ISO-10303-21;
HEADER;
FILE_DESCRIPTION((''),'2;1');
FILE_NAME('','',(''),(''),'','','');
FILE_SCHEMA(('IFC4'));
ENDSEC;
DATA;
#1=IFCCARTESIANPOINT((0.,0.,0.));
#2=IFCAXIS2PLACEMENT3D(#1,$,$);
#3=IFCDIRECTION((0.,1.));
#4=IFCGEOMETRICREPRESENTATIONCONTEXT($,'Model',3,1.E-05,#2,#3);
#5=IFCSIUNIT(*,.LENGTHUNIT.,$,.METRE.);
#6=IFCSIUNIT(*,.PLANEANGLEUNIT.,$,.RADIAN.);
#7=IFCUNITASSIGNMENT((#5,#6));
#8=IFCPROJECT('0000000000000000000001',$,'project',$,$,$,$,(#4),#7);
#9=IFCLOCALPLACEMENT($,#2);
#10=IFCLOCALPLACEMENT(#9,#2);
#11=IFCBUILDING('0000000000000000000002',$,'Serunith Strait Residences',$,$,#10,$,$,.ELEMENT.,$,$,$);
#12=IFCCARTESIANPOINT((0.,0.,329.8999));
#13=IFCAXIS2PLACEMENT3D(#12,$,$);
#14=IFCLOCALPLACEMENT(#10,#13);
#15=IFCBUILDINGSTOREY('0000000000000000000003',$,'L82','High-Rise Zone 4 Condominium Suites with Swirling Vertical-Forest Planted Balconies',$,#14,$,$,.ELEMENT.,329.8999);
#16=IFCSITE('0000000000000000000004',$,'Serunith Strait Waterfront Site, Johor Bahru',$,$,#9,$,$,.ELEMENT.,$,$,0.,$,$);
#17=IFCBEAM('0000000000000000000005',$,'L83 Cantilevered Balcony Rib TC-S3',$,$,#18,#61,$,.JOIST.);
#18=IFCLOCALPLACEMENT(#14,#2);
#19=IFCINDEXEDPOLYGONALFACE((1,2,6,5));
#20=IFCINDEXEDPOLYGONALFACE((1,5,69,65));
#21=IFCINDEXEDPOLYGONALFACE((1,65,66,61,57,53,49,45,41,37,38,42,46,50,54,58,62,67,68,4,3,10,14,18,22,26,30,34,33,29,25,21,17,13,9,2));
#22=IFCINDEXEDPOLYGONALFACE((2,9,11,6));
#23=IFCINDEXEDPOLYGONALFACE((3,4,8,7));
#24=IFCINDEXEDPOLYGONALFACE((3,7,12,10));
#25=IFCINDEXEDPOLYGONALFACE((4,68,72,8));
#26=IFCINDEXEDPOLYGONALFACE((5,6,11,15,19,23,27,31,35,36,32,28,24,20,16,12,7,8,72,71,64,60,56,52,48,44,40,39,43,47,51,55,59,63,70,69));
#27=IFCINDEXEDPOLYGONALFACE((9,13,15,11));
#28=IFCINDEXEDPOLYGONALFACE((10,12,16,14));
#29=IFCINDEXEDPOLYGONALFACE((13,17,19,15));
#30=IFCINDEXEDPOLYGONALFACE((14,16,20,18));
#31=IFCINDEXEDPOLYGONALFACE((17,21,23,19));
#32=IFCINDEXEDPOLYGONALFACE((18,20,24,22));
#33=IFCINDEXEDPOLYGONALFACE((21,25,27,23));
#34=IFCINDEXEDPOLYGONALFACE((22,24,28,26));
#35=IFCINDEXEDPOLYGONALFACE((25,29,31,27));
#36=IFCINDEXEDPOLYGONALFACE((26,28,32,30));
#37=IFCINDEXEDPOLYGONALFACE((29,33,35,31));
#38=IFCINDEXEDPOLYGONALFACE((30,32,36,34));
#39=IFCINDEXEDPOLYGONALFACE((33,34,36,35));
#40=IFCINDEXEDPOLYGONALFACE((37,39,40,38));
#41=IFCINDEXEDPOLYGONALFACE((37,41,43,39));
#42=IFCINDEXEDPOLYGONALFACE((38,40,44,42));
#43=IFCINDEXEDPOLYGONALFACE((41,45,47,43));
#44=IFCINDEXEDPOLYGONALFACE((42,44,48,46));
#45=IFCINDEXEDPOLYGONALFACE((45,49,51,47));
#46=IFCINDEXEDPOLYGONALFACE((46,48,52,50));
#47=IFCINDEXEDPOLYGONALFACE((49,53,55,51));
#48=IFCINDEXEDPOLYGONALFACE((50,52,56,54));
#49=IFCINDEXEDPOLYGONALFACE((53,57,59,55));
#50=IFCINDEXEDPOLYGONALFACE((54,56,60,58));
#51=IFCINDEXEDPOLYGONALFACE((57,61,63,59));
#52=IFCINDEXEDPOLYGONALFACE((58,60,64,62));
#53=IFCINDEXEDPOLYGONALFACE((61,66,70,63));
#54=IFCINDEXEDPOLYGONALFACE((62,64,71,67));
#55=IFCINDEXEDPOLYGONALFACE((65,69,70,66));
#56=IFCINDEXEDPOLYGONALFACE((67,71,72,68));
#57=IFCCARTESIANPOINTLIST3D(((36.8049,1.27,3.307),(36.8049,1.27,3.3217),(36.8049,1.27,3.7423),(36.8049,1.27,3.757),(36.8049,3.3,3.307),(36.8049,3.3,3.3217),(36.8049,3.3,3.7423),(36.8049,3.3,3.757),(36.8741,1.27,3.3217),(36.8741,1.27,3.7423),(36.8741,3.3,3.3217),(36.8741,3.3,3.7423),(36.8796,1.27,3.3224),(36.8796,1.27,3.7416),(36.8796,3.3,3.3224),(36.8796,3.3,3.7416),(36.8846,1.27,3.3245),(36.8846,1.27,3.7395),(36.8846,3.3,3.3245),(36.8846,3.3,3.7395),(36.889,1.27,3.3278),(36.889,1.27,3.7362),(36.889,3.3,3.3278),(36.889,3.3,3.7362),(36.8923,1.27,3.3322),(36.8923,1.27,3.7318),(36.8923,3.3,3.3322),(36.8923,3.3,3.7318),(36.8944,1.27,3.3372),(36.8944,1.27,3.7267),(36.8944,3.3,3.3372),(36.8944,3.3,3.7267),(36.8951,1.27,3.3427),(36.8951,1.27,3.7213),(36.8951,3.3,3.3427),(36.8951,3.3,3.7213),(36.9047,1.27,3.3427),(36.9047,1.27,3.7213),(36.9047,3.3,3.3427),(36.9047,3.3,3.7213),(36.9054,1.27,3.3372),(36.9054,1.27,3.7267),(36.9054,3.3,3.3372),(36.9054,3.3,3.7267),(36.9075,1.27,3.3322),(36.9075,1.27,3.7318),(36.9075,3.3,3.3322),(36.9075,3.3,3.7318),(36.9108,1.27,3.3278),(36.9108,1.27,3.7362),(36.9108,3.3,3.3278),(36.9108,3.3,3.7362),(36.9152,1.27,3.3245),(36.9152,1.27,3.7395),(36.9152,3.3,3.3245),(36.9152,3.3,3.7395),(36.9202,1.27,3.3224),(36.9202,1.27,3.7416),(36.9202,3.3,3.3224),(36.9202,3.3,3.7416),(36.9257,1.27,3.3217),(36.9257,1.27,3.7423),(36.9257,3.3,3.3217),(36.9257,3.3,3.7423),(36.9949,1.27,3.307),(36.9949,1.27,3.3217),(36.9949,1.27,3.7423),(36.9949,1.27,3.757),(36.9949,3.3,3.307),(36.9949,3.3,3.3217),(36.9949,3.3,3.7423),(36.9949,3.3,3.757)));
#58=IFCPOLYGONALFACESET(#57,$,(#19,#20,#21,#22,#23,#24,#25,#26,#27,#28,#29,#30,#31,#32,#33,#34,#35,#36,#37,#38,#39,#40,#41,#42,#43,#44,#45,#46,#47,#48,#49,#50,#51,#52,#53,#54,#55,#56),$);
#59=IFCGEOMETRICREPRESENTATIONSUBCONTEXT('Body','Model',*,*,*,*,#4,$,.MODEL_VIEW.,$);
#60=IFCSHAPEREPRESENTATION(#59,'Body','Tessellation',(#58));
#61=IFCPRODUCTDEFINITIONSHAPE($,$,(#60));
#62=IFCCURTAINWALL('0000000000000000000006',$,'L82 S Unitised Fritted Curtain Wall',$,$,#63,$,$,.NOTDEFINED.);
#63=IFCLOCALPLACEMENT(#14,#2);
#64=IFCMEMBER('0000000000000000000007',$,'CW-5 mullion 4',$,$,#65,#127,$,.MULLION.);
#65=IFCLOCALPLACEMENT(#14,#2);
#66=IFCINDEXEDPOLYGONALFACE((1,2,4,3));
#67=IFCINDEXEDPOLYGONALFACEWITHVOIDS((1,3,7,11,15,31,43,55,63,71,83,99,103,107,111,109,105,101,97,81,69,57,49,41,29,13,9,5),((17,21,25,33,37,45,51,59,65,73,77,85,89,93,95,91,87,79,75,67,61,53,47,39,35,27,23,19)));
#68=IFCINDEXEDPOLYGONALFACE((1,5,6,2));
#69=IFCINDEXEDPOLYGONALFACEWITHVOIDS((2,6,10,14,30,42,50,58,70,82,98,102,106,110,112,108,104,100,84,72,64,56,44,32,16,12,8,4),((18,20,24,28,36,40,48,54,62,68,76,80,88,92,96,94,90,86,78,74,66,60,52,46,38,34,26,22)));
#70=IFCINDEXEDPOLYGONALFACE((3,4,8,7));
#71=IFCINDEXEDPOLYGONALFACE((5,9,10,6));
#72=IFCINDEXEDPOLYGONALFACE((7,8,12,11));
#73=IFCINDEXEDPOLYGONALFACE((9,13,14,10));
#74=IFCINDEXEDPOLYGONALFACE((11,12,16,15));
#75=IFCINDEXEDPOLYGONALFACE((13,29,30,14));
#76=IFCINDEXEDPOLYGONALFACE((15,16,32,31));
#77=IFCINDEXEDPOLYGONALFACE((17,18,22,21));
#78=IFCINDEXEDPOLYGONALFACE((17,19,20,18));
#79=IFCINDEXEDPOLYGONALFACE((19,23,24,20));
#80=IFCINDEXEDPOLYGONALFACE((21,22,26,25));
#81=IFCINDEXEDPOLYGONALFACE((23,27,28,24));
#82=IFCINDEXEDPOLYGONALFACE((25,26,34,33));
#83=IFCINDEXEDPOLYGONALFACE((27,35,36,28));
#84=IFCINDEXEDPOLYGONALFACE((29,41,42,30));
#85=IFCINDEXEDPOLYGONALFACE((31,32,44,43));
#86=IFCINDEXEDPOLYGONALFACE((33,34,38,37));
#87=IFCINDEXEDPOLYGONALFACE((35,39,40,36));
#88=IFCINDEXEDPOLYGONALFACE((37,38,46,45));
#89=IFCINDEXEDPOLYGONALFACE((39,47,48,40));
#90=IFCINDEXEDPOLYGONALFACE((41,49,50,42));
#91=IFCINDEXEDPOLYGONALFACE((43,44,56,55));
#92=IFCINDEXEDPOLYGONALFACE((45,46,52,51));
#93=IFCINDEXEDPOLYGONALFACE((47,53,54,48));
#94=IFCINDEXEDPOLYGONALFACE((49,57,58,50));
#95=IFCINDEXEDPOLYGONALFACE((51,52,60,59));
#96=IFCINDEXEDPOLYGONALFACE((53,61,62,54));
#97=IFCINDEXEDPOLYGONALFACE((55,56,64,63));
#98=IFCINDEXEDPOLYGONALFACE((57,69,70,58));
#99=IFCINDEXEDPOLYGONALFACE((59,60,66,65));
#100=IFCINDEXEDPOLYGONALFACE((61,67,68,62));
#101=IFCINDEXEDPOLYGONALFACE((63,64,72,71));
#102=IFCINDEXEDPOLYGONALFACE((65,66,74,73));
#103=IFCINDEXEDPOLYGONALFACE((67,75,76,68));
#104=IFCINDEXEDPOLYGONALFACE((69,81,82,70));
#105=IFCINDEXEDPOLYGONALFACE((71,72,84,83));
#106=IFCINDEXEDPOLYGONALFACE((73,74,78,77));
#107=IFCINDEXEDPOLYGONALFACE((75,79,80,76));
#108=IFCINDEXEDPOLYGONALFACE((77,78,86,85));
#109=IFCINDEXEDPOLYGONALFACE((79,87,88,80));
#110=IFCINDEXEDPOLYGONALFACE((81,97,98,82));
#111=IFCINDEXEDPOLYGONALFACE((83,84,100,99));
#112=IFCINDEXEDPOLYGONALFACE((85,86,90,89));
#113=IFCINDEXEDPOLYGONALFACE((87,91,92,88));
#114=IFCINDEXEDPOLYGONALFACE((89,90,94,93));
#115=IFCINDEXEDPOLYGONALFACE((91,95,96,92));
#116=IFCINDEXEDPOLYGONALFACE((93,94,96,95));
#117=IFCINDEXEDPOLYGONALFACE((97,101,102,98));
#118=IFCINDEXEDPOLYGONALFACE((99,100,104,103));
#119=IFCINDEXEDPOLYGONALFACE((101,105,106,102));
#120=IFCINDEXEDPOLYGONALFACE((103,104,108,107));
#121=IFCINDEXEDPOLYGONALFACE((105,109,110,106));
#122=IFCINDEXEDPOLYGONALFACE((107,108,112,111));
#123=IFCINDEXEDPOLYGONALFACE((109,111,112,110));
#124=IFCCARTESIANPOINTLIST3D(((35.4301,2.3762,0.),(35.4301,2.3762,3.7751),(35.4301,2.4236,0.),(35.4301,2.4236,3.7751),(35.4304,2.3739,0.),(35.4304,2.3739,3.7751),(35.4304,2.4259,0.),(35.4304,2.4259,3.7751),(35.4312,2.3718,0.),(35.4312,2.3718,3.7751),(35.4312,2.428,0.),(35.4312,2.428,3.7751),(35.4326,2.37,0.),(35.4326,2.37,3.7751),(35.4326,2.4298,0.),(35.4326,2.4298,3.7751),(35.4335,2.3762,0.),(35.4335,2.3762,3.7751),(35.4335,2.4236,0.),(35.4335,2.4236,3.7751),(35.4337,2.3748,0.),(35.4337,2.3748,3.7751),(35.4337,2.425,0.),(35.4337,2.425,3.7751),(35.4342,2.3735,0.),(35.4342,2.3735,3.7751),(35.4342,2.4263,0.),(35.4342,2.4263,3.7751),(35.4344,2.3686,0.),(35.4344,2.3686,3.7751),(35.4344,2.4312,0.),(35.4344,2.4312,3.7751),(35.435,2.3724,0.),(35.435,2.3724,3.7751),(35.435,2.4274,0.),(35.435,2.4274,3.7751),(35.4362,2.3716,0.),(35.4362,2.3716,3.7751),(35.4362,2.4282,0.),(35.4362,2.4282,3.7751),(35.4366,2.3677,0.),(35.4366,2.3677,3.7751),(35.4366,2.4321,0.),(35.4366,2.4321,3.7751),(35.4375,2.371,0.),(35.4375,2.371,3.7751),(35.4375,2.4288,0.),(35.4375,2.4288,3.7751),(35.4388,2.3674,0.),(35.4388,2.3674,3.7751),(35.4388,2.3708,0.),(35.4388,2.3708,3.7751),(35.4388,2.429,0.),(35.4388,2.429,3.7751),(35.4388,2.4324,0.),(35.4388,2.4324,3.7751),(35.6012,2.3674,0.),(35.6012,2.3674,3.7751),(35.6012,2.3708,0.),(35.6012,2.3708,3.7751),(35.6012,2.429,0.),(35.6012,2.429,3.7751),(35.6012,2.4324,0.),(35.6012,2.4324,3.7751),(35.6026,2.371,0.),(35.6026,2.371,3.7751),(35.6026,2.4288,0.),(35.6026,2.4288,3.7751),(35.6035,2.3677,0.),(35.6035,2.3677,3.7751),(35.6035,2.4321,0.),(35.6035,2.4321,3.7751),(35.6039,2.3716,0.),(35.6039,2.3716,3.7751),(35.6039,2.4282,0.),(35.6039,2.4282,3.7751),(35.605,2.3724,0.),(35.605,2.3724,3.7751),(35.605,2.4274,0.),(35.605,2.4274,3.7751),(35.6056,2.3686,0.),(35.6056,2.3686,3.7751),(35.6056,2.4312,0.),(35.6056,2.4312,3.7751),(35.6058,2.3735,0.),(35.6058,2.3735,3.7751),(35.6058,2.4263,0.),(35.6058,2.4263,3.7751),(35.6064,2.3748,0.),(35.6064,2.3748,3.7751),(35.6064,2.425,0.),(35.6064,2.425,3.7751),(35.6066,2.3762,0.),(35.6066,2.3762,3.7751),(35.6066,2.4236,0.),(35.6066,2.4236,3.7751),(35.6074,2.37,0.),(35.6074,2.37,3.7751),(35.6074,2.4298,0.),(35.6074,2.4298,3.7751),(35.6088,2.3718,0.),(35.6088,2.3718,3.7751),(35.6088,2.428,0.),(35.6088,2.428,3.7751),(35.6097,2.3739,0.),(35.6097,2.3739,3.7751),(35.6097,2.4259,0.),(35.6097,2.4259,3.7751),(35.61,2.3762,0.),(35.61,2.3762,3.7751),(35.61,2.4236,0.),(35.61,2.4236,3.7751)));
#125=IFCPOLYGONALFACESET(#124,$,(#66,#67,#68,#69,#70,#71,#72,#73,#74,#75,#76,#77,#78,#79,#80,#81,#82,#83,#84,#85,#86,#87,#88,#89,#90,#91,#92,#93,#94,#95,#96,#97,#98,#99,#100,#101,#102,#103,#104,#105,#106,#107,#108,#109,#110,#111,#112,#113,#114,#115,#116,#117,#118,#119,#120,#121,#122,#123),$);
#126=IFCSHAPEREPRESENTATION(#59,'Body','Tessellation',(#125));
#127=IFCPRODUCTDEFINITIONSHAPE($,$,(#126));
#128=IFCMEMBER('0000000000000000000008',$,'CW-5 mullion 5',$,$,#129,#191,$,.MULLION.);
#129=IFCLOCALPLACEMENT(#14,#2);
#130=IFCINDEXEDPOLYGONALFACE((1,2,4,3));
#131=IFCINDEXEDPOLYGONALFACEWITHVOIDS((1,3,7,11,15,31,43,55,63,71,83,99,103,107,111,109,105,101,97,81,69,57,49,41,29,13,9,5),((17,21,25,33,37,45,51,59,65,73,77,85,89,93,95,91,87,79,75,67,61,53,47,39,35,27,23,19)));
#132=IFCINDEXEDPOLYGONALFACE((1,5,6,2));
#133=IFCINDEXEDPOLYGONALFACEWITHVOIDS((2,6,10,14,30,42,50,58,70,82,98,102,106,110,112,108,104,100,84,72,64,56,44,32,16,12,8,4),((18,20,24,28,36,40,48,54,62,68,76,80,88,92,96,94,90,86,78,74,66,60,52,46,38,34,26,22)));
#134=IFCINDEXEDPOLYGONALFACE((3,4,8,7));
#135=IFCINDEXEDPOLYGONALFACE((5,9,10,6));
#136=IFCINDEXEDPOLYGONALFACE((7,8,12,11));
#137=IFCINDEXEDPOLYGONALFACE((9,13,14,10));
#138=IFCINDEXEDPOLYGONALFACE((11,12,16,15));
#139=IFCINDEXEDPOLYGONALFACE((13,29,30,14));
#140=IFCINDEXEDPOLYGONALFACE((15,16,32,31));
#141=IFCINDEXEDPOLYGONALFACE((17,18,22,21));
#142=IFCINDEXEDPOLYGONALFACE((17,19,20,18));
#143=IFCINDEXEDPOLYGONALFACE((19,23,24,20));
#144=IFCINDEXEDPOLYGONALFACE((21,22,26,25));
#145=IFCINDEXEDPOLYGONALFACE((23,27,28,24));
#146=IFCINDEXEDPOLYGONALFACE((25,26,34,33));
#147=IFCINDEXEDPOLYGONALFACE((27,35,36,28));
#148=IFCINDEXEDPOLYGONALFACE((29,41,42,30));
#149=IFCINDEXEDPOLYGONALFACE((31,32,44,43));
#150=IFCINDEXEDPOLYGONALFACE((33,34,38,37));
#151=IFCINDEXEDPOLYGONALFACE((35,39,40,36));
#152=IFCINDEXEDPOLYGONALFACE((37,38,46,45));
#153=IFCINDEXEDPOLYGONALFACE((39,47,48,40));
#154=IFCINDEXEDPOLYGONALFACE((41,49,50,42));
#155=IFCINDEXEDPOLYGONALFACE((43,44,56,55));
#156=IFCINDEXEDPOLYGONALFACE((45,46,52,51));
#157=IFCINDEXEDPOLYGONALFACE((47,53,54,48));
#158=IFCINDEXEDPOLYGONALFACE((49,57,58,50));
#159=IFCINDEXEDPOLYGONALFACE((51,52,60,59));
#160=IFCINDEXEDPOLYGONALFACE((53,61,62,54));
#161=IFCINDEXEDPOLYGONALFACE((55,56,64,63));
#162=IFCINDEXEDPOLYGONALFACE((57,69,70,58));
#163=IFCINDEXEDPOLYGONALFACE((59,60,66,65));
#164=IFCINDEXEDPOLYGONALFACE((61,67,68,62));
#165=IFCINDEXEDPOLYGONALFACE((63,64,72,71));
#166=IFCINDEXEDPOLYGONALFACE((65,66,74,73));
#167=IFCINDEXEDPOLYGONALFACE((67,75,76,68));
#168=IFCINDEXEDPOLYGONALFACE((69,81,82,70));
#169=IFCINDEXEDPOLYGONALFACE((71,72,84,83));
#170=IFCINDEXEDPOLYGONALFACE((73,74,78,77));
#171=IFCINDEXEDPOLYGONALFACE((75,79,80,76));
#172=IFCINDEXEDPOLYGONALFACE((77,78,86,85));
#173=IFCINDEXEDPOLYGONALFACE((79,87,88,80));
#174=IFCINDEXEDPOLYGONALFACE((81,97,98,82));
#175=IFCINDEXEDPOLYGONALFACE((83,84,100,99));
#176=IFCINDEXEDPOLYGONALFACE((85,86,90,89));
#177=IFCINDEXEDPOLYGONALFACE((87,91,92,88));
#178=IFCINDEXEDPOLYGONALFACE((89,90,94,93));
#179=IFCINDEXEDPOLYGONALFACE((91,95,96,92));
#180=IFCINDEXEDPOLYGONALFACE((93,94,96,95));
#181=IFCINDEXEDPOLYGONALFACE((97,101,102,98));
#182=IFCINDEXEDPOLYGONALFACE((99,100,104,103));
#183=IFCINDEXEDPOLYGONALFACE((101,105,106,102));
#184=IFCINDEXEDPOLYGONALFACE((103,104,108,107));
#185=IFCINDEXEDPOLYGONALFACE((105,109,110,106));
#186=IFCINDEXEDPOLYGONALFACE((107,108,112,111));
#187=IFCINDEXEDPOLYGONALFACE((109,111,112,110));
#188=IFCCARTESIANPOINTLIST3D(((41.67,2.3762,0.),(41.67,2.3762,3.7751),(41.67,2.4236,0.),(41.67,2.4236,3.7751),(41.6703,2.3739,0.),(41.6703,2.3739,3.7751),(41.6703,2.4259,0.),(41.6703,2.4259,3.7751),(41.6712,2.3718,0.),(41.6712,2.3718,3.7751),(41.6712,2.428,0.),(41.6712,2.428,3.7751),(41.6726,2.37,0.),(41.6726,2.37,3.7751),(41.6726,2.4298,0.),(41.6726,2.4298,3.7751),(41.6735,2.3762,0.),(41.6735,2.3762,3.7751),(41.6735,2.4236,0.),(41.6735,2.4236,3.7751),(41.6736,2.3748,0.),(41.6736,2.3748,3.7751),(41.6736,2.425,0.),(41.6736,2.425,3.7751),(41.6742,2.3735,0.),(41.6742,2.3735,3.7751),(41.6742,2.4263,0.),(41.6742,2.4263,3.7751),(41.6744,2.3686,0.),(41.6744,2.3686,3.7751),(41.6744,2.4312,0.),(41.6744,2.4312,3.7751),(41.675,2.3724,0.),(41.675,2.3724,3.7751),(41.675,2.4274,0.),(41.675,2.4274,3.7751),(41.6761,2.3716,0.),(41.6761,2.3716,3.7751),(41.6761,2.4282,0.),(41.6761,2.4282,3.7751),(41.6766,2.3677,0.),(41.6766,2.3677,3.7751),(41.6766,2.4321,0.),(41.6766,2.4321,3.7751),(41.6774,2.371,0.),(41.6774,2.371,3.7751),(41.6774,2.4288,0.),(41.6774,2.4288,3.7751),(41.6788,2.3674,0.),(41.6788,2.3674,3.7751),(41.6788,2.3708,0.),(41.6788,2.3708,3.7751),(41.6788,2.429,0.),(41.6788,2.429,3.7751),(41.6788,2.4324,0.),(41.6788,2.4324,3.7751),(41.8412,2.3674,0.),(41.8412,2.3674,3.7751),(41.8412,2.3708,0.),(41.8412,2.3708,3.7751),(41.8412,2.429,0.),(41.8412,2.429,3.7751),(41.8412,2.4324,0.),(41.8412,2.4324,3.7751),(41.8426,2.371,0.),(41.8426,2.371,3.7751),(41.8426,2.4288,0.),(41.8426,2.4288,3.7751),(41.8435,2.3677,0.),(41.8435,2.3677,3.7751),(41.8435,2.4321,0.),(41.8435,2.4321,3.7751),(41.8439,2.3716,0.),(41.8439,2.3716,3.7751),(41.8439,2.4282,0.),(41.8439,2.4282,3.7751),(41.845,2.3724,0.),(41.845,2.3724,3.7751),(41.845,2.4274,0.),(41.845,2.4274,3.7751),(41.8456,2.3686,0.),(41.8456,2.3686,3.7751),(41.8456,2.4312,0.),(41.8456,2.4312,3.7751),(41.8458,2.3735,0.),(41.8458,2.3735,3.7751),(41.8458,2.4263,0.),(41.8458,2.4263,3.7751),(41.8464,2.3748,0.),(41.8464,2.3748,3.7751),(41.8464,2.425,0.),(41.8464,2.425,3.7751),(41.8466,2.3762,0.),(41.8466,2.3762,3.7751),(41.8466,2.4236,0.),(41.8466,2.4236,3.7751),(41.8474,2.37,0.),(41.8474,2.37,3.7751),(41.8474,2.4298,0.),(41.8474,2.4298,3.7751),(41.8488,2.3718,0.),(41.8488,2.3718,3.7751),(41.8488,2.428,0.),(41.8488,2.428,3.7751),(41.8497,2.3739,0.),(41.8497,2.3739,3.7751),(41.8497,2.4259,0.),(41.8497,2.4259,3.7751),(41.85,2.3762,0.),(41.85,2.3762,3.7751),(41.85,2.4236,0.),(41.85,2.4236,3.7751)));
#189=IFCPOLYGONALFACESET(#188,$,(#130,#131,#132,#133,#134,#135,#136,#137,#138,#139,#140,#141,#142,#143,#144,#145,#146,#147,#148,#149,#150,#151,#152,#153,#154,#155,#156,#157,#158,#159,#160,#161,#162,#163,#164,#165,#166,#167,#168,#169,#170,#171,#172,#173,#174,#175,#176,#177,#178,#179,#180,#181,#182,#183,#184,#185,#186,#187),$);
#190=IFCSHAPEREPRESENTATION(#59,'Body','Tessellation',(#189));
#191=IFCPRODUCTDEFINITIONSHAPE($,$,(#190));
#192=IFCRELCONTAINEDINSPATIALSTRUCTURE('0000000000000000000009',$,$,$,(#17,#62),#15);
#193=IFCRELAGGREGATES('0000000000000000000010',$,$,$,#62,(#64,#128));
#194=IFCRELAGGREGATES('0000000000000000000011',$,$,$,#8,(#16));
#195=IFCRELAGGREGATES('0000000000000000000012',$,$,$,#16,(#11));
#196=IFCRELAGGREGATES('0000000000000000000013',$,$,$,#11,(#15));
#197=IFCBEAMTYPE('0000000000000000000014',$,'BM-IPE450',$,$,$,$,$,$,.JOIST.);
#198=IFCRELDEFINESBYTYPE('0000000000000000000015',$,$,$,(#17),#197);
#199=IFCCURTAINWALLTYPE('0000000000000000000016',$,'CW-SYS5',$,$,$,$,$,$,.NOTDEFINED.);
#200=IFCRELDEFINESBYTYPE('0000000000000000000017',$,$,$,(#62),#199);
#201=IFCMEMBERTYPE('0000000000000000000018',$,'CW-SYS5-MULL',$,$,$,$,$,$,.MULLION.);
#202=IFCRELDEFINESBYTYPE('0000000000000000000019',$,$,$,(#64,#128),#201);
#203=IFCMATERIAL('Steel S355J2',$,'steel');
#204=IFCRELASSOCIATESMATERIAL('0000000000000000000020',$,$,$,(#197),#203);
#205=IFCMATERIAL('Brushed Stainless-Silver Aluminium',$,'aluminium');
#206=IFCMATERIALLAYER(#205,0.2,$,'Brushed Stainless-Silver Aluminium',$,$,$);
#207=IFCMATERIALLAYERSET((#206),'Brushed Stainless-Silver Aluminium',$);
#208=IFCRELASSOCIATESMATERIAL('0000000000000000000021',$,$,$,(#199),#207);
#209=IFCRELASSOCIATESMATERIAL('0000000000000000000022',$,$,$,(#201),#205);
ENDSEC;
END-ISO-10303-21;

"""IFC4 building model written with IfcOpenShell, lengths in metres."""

from ifc_helpers import new_model, si_unit, direction, frame, origin, origin_2d, place, context, subcontext, project, spatial, hollow_rectangle, i_section, extrude, source, transform, mapped, material, layer, layer_set, material_profile, profile_set, type_object, element, aggregate, save


model = new_model("IFC4")

# Units and contexts
model_context = context("Model", 3, precision=1e-05, world=origin(), true_north=direction((0.0, 1.0)))
body_context = subcontext(model_context, "Body", "Model", "MODEL_VIEW")
ifc_project = project(units=[si_unit("LENGTHUNIT", "METRE"), si_unit("PLANEANGLEUNIT", "RADIAN")], contexts=[model_context])

# Site, building, storey
site_placement = place(None, origin())
site = spatial("IfcSite", under=ifc_project, at=site_placement, Name="Serunith Strait Waterfront Site, Johor Bahru", CompositionType="ELEMENT", RefElevation=0.0)
building_placement = place(site_placement, origin())
building = spatial("IfcBuilding", under=site, at=building_placement, Name="Serunith Strait Residences", CompositionType="ELEMENT")
storey_placement = place(building_placement, frame((0.0, 0.0, 329.8999)))
storey = spatial("IfcBuildingStorey", under=building, at=storey_placement, Name="L82", Description="High-Rise Zone 4 Condominium Suites with Swirling Vertical-Forest Planted Balconies", CompositionType="ELEMENT", Elevation=329.8999)

# Beam
ifc_material_1 = material(Name="Steel S355J2", Category="steel")
ifc_material_profile_1 = material_profile(ifc_material_1, i_section(OverallWidth=0.1899, OverallDepth=0.45, WebThickness=0.0095, FlangeThickness=0.0146, FilletRadius=0.021, at=origin_2d()), Name="IPE 450")
ifc_profile_set_1 = profile_set([ifc_material_profile_1], Name="Steel S355J2")
beam_type_1 = type_object("IfcBeamType", Name="BM-IPE450", PredefinedType="JOIST", material=ifc_profile_set_1)
shared_shape_1 = source(origin(), body_context, "Body", "SweptSolid", [
    extrude(i_section(OverallWidth=0.1899, OverallDepth=0.45, WebThickness=0.0095, FlangeThickness=0.0146, FilletRadius=0.021, at=origin_2d()), origin(), (0.0, 0.0, 1.0), 2.03),
])
beam_1_placement = place(storey_placement, frame((36.8999, 3.3, 3.532), z_axis=(0.0, -1.0, 0.0), x_axis=(1.0, 0.0, 0.0)))
element("IfcBeam", 1, at=beam_1_placement, inside=storey, type_object=beam_type_1, Name="L83 Cantilevered Balcony Rib TC-S3", PredefinedType="JOIST", context=body_context, shape_type="MappedRepresentation", body=[
    mapped(shared_shape_1, transform((0.0, 0.0, 0.0), scale=1.0)),
])

# Curtain wall, members
ifc_material_2 = material(Name="Brushed Stainless-Silver Aluminium", Category="aluminium")
ifc_layer_1 = layer(ifc_material_2, 0.2, Name="Brushed Stainless-Silver Aluminium")
ifc_layer_set_1 = layer_set([ifc_layer_1], Name="Brushed Stainless-Silver Aluminium")
curtain_wall_type = type_object("IfcCurtainWallType", Name="CW-SYS5", PredefinedType="NOTDEFINED", material=ifc_layer_set_1)
curtain_wall_placement = place(storey_placement, origin())
curtain_wall = element("IfcCurtainWall", 2, at=curtain_wall_placement, inside=storey, type_object=curtain_wall_type, Name="L82 S Unitised Fritted Curtain Wall", PredefinedType="NOTDEFINED")
ifc_material_profile_2 = material_profile(ifc_material_2, hollow_rectangle(XDim=0.0649, YDim=0.1799, WallThickness=0.0034, InnerFilletRadius=0.0054, OuterFilletRadius=0.0088, at=origin_2d()), Name="ALU 180x65x3.5")
ifc_profile_set_2 = profile_set([ifc_material_profile_2], Name="Brushed Stainless-Silver Aluminium")
member_type_1 = type_object("IfcMemberType", Name="CW-SYS5-MULL", PredefinedType="MULLION", material=ifc_profile_set_2)
shared_shape_2 = source(origin(), body_context, "Body", "SweptSolid", [
    extrude(hollow_rectangle(XDim=0.0649, YDim=0.1799, WallThickness=0.0034, InnerFilletRadius=0.0054, OuterFilletRadius=0.0088, at=origin_2d()), origin(), (0.0, 0.0, 1.0), 3.7751),
])
member_1_placement = place(storey_placement, frame((35.52, 2.3999, 0.0), z_axis=(0.0, 0.0, 1.0), x_axis=(0.0, 1.0, 0.0)))
member_1 = element("IfcMember", 3, at=member_1_placement, type_object=member_type_1, Name="CW-5 mullion 4", PredefinedType="MULLION", context=body_context, shape_type="MappedRepresentation", body=[
    mapped(shared_shape_2, transform((0.0, 0.0, 0.0), scale=1.0)),
])
member_2_placement = place(storey_placement, frame((41.76, 2.3999, 0.0), z_axis=(0.0, 0.0, 1.0), x_axis=(0.0, 1.0, 0.0)))
member_2 = element("IfcMember", 4, at=member_2_placement, type_object=member_type_1, Name="CW-5 mullion 5", PredefinedType="MULLION", context=body_context, shape_type="MappedRepresentation", body=[
    mapped(shared_shape_2, transform((0.0, 0.0, 0.0), scale=1.0)),
])
aggregate(curtain_wall, [member_1, member_2])

save(model, "model.ifc")
